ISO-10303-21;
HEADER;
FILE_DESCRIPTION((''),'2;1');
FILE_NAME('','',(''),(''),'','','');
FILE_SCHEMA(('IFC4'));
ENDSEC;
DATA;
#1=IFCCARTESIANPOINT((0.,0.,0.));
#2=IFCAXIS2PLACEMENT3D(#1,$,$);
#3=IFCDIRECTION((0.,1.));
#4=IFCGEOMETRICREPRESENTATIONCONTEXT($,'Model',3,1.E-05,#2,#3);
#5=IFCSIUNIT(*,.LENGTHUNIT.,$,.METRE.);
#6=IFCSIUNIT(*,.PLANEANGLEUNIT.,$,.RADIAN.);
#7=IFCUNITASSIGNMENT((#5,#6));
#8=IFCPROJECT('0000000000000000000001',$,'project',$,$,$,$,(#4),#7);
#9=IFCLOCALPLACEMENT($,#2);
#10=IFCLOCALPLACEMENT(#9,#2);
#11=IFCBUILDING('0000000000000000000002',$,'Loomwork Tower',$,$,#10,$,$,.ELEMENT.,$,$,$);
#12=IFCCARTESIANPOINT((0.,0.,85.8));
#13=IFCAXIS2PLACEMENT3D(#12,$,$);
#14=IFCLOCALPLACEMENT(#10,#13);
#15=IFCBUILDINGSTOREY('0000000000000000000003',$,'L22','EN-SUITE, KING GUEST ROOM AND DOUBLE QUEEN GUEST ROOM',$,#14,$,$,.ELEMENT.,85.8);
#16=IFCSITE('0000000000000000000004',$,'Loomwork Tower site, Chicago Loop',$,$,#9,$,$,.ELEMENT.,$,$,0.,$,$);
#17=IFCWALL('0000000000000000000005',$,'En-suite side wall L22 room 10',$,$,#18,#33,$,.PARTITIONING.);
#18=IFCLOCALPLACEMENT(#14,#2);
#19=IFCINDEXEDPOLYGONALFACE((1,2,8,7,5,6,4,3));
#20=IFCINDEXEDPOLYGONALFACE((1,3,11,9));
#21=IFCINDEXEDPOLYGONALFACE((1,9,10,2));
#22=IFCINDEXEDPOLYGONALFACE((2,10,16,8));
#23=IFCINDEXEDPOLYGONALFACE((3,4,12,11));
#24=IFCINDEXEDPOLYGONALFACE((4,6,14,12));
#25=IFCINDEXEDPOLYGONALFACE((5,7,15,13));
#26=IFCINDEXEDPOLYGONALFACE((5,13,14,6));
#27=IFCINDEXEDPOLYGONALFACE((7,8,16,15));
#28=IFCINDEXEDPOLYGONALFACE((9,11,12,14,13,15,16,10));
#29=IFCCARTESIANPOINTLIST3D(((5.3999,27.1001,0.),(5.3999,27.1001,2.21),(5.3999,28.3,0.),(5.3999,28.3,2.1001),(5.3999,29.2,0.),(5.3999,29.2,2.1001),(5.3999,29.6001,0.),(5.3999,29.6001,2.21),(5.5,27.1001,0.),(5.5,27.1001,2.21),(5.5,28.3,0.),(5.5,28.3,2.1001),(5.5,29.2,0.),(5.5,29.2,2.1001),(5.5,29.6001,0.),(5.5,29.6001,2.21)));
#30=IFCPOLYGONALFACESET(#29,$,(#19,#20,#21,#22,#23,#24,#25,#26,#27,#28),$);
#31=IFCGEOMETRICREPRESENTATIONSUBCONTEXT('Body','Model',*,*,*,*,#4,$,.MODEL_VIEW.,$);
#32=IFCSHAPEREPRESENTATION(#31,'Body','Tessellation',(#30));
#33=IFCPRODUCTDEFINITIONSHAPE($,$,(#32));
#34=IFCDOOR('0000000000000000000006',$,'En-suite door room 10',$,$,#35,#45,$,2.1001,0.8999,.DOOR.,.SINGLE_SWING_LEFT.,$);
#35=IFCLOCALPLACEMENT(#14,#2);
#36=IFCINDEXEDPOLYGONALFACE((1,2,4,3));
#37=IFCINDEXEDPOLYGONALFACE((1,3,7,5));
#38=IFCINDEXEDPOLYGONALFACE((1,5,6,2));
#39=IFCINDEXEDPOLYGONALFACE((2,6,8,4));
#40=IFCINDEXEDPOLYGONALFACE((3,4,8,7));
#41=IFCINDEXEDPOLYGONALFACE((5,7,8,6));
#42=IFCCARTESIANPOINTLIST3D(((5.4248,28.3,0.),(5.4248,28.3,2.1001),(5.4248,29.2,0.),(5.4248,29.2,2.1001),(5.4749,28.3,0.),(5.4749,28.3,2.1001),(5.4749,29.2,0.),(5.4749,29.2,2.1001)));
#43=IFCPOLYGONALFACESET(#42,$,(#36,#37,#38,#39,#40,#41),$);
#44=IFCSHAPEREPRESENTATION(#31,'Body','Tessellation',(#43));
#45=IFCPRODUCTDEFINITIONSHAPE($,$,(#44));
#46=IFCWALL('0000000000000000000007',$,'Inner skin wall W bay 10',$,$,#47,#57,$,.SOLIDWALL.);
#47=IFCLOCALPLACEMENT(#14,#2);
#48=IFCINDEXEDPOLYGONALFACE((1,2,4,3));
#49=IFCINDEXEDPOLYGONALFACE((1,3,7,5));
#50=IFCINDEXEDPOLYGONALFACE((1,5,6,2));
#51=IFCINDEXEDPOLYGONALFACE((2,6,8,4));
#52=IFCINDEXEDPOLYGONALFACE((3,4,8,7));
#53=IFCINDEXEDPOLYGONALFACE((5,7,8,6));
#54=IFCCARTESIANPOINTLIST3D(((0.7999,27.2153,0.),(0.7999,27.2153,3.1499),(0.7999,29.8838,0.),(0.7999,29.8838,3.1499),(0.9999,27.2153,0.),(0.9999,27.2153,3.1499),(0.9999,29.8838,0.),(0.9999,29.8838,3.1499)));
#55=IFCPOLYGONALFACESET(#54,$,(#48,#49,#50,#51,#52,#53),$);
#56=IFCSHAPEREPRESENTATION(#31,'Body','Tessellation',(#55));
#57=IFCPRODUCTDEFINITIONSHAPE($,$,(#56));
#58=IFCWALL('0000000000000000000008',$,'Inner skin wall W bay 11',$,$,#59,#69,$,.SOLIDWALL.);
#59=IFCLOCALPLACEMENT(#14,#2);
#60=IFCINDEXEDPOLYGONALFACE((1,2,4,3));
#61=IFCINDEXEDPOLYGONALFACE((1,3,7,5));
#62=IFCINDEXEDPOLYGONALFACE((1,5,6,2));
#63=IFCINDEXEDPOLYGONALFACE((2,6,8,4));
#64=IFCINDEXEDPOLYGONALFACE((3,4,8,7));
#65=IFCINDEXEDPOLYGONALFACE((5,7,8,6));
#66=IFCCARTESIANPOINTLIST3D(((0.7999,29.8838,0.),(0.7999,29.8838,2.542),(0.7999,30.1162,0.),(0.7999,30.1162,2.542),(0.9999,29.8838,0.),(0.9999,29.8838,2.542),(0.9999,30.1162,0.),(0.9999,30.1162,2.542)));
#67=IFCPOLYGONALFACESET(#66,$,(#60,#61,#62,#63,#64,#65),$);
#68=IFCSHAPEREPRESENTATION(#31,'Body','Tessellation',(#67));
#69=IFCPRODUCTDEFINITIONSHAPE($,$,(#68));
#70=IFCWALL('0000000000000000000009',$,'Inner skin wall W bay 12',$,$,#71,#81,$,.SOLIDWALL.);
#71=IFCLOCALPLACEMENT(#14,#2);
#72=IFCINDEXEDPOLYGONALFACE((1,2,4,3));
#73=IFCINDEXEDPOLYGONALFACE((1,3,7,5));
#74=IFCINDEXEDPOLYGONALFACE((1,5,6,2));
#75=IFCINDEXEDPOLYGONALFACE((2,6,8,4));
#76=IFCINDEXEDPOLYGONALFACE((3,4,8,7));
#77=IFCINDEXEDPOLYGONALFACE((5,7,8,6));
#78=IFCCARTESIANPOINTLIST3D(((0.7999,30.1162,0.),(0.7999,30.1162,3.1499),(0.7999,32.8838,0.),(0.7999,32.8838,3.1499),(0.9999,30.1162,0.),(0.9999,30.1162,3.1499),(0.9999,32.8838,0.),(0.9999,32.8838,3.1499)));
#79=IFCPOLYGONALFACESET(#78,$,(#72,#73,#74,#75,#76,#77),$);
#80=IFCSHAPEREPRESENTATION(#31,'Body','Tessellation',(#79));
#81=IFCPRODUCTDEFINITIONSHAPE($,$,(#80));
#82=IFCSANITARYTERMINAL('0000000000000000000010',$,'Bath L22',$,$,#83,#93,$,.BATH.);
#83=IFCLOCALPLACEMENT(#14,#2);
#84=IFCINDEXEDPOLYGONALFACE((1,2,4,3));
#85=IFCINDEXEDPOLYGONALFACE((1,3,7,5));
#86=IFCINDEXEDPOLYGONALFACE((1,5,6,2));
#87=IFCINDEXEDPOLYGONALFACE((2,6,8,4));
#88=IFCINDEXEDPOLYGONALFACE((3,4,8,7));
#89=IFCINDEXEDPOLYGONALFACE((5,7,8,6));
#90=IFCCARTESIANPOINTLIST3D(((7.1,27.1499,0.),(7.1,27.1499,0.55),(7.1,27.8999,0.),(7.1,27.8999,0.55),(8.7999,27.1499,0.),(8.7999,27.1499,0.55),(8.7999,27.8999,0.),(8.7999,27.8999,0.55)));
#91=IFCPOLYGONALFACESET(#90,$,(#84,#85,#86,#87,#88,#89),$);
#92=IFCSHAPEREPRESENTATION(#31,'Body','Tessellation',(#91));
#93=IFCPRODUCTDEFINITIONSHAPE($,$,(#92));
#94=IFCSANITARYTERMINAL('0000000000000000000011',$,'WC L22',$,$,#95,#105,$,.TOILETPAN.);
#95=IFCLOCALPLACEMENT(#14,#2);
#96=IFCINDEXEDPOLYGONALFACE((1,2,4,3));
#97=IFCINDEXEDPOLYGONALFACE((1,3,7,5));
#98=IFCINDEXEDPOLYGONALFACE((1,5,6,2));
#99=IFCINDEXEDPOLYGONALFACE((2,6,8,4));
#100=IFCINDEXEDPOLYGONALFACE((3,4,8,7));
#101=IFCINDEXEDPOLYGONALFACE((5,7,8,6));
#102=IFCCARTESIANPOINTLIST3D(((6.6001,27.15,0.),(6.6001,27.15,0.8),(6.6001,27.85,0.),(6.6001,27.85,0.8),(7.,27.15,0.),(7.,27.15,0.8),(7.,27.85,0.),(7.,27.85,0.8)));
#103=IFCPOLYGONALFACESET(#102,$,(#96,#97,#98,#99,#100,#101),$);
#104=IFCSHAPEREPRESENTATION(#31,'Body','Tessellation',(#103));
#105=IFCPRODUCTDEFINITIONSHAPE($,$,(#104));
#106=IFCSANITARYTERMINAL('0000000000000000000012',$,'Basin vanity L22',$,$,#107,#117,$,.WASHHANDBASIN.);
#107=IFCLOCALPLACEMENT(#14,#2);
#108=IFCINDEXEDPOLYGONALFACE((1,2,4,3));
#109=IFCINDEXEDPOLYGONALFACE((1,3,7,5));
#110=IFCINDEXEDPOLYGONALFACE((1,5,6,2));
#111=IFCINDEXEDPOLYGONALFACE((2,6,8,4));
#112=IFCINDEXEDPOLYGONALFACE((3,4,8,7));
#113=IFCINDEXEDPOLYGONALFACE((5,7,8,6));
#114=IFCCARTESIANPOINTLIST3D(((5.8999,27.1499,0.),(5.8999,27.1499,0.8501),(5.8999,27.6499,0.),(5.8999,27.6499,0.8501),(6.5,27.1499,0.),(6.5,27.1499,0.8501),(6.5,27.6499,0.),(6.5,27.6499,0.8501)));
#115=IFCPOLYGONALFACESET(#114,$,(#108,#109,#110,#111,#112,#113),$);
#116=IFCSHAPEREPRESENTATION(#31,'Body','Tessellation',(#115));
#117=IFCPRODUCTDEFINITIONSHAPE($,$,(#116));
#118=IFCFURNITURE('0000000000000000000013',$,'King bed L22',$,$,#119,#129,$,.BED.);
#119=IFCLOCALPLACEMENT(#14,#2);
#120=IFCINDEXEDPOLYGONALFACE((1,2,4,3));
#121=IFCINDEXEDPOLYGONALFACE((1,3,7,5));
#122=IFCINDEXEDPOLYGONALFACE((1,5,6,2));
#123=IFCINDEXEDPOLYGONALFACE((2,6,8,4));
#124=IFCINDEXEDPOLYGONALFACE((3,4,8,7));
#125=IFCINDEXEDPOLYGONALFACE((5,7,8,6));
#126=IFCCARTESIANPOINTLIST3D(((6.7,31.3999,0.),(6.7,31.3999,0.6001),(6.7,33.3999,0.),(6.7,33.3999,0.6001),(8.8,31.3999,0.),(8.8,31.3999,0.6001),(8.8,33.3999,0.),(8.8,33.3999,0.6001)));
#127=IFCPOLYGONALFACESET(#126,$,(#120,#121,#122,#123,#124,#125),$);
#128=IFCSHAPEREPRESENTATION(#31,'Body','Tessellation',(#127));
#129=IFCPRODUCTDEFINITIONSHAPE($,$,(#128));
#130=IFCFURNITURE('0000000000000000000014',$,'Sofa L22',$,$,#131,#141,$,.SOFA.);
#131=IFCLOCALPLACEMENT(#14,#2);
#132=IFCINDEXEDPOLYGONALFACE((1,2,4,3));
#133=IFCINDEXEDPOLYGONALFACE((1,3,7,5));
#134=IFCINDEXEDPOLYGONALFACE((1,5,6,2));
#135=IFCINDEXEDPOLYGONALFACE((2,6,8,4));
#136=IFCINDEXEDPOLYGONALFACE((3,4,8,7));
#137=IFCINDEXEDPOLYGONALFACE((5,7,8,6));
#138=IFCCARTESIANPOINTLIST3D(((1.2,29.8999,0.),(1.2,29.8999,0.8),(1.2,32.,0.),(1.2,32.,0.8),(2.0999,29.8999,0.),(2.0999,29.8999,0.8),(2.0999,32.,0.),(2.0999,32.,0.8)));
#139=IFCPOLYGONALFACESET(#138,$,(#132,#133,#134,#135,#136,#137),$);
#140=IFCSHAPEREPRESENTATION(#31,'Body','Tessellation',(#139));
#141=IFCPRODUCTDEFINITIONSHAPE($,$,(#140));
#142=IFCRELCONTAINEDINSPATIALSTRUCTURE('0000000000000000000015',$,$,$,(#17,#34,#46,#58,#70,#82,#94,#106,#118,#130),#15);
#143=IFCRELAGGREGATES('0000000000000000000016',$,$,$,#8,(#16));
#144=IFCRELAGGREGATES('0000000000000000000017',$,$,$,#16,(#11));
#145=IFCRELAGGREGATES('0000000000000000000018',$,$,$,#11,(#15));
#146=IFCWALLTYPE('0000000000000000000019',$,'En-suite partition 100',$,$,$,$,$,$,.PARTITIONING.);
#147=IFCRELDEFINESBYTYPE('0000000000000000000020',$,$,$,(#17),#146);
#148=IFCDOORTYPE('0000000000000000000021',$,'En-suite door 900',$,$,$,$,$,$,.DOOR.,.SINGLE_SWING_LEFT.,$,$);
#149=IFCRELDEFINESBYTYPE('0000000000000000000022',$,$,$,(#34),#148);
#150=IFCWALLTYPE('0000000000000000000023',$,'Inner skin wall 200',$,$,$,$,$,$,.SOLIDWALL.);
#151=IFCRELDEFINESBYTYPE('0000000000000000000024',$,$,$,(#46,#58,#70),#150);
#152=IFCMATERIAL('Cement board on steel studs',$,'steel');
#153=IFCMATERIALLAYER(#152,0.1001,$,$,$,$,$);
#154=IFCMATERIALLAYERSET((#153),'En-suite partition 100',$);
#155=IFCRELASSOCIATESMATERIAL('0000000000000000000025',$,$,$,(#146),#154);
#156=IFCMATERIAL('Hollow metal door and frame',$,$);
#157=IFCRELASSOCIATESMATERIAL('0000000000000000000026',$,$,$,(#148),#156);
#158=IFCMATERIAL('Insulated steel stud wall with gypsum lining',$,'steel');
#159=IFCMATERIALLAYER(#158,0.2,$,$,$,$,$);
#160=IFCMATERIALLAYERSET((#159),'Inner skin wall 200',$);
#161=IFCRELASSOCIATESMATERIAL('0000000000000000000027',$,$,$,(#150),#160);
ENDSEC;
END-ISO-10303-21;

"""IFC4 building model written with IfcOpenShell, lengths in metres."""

from ifc_helpers import new_model, si_unit, direction, frame, frame_2d, origin, origin_2d, place, context, subcontext, project, spatial, rectangle, extrude, material, layer, layer_set, type_object, element, fill, save


model = new_model("IFC4")

# Units and contexts
model_context = context("Model", 3, precision=1e-05, world=origin(), true_north=direction((0.0, 1.0)))
body_context = subcontext(model_context, "Body", "Model", "MODEL_VIEW")
ifc_project = project(units=[si_unit("LENGTHUNIT", "METRE"), si_unit("PLANEANGLEUNIT", "RADIAN")], contexts=[model_context])

# Site, building, storey
site_placement = place(None, origin())
site = spatial("IfcSite", under=ifc_project, at=site_placement, Name="Loomwork Tower site, Chicago Loop", CompositionType="ELEMENT", RefElevation=0.0)
building_placement = place(site_placement, origin())
building = spatial("IfcBuilding", under=site, at=building_placement, Name="Loomwork Tower", CompositionType="ELEMENT")
storey_placement = place(building_placement, frame((0.0, 0.0, 85.8)))
storey = spatial("IfcBuildingStorey", under=building, at=storey_placement, Name="L22", Description="EN-SUITE, KING GUEST ROOM AND DOUBLE QUEEN GUEST ROOM", CompositionType="ELEMENT", Elevation=85.8)

# Shared definitions
ifc_material_1 = material(Name="Cement board on steel studs", Category="steel")
ifc_layer_1 = layer(ifc_material_1, 0.1001)
ifc_layer_set_1 = layer_set([ifc_layer_1], Name="En-suite partition 100")
wall_type_1 = type_object("IfcWallType", Name="En-suite partition 100", PredefinedType="PARTITIONING", material=ifc_layer_set_1)

# Wall, opening, door
wall_1_placement = place(storey_placement, frame((5.45, 27.1001, 0.0), z_axis=(0.0, 0.0, 1.0), x_axis=(0.0, 1.0, 0.0)))
wall_1 = element("IfcWall", 1, at=wall_1_placement, inside=storey, type_object=wall_type_1, Name="En-suite side wall L22 room 10", PredefinedType="PARTITIONING", context=body_context, shape_type="SweptSolid", body=[
    extrude(rectangle(XDim=2.5, YDim=0.1001, at=frame_2d((1.25, 0.0))), origin(), (0.0, 0.0, 1.0), 2.21),
])
opening_1_placement = place(wall_1_placement, frame((1.2, 0.0, 0.0)))
opening_1 = element("IfcOpeningElement", 2, at=opening_1_placement, cuts=wall_1, PredefinedType="OPENING", context=body_context, shape_type="SweptSolid", body=[
    extrude(rectangle(XDim=0.8999, YDim=2.1001, at=frame_2d((0.45, 1.05))), frame((0.0, 0.0601, 0.0), z_axis=(0.0, -1.0, 0.0), x_axis=(1.0, 0.0, 0.0)), (0.0, 0.0, 1.0), 0.1201),
])
ifc_material_2 = material(Name="Hollow metal door and frame")
door_type_1 = type_object("IfcDoorType", Name="En-suite door 900", OperationType="SINGLE_SWING_LEFT", PredefinedType="DOOR", material=ifc_material_2)
door_1_placement = place(opening_1_placement, frame((0.8999, 0.0, 0.0), z_axis=(0.0, 0.0, 1.0), x_axis=(-1.0, 0.0, 0.0)))
door_1 = element("IfcDoor", 3, at=door_1_placement, inside=storey, type_object=door_type_1, Name="En-suite door room 10", OperationType="SINGLE_SWING_LEFT", OverallHeight=2.1001, OverallWidth=0.8999, PredefinedType="DOOR", context=body_context, shape_type="SweptSolid", body=[
    extrude(rectangle(XDim=0.8999, YDim=2.1001, at=frame_2d((0.45, 1.05))), frame((0.0, 0.0249, 0.0), z_axis=(0.0, -1.0, 0.0), x_axis=(1.0, 0.0, 0.0)), (0.0, 0.0, 1.0), 0.05),
])
fill(opening_1, door_1)

# Walls
ifc_material_3 = material(Name="Insulated steel stud wall with gypsum lining", Category="steel")
ifc_layer_2 = layer(ifc_material_3, 0.2)
ifc_layer_set_2 = layer_set([ifc_layer_2], Name="Inner skin wall 200")
wall_type_2 = type_object("IfcWallType", Name="Inner skin wall 200", PredefinedType="SOLIDWALL", material=ifc_layer_set_2)
wall_2_placement = place(storey_placement, frame((0.8999, 27.2153, 0.0), z_axis=(0.0, 0.0, 1.0), x_axis=(0.0, 1.0, 0.0)))
element("IfcWall", 4, at=wall_2_placement, inside=storey, type_object=wall_type_2, Name="Inner skin wall W bay 10", PredefinedType="SOLIDWALL", context=body_context, shape_type="SweptSolid", body=[
    extrude(rectangle(XDim=2.6685, YDim=0.2, at=frame_2d((1.3342, 0.0))), origin(), (0.0, 0.0, 1.0), 3.1499),
])
wall_3_placement = place(storey_placement, frame((0.8999, 29.8838, 0.0), z_axis=(0.0, 0.0, 1.0), x_axis=(0.0, 1.0, 0.0)))
element("IfcWall", 5, at=wall_3_placement, inside=storey, type_object=wall_type_2, Name="Inner skin wall W bay 11", PredefinedType="SOLIDWALL", context=body_context, shape_type="SweptSolid", body=[
    extrude(rectangle(XDim=0.2324, YDim=0.2, at=frame_2d((0.1162, 0.0))), origin(), (0.0, 0.0, 1.0), 2.542),
])
wall_4_placement = place(storey_placement, frame((0.8999, 30.1162, 0.0), z_axis=(0.0, 0.0, 1.0), x_axis=(0.0, 1.0, 0.0)))
element("IfcWall", 6, at=wall_4_placement, inside=storey, type_object=wall_type_2, Name="Inner skin wall W bay 12", PredefinedType="SOLIDWALL", context=body_context, shape_type="SweptSolid", body=[
    extrude(rectangle(XDim=2.7676, YDim=0.2, at=frame_2d((1.3838, 0.0))), origin(), (0.0, 0.0, 1.0), 3.1499),
])

# Sanitary terminals
sanitary_terminal_1_placement = place(storey_placement, frame((7.95, 27.5249, 0.0), z_axis=(0.0, 0.0, 1.0), x_axis=(1.0, 0.0, 0.0)))
element("IfcSanitaryTerminal", 7, at=sanitary_terminal_1_placement, inside=storey, Name="Bath L22", PredefinedType="BATH", context=body_context, shape_type="SweptSolid", body=[
    extrude(rectangle(XDim=1.7, YDim=0.75, at=origin_2d()), origin(), (0.0, 0.0, 1.0), 0.55),
])
sanitary_terminal_2_placement = place(storey_placement, frame((6.8, 27.5, 0.0), z_axis=(0.0, 0.0, 1.0), x_axis=(1.0, 0.0, 0.0)))
element("IfcSanitaryTerminal", 8, at=sanitary_terminal_2_placement, inside=storey, Name="WC L22", PredefinedType="TOILETPAN", context=body_context, shape_type="SweptSolid", body=[
    extrude(rectangle(XDim=0.3999, YDim=0.7, at=origin_2d()), origin(), (0.0, 0.0, 1.0), 0.8),
])
sanitary_terminal_3_placement = place(storey_placement, frame((6.2, 27.3999, 0.0), z_axis=(0.0, 0.0, 1.0), x_axis=(1.0, 0.0, 0.0)))
element("IfcSanitaryTerminal", 9, at=sanitary_terminal_3_placement, inside=storey, Name="Basin vanity L22", PredefinedType="WASHHANDBASIN", context=body_context, shape_type="SweptSolid", body=[
    extrude(rectangle(XDim=0.6001, YDim=0.5, at=origin_2d()), origin(), (0.0, 0.0, 1.0), 0.8501),
])

# Furniture
furniture_1_placement = place(storey_placement, frame((7.75, 32.3999, 0.0), z_axis=(0.0, 0.0, 1.0), x_axis=(1.0, 0.0, 0.0)))
element("IfcFurniture", 10, at=furniture_1_placement, inside=storey, Name="King bed L22", PredefinedType="BED", context=body_context, shape_type="SweptSolid", body=[
    extrude(rectangle(XDim=2.1001, YDim=2.0, at=origin_2d()), origin(), (0.0, 0.0, 1.0), 0.6001),
])
furniture_2_placement = place(storey_placement, frame((1.6499, 30.95, 0.0), z_axis=(0.0, 0.0, 1.0), x_axis=(1.0, 0.0, 0.0)))
element("IfcFurniture", 11, at=furniture_2_placement, inside=storey, Name="Sofa L22", PredefinedType="SOFA", context=body_context, shape_type="SweptSolid", body=[
    extrude(rectangle(XDim=0.8999, YDim=2.1001, at=origin_2d()), origin(), (0.0, 0.0, 1.0), 0.8),
])

save(model, "model.ifc")
